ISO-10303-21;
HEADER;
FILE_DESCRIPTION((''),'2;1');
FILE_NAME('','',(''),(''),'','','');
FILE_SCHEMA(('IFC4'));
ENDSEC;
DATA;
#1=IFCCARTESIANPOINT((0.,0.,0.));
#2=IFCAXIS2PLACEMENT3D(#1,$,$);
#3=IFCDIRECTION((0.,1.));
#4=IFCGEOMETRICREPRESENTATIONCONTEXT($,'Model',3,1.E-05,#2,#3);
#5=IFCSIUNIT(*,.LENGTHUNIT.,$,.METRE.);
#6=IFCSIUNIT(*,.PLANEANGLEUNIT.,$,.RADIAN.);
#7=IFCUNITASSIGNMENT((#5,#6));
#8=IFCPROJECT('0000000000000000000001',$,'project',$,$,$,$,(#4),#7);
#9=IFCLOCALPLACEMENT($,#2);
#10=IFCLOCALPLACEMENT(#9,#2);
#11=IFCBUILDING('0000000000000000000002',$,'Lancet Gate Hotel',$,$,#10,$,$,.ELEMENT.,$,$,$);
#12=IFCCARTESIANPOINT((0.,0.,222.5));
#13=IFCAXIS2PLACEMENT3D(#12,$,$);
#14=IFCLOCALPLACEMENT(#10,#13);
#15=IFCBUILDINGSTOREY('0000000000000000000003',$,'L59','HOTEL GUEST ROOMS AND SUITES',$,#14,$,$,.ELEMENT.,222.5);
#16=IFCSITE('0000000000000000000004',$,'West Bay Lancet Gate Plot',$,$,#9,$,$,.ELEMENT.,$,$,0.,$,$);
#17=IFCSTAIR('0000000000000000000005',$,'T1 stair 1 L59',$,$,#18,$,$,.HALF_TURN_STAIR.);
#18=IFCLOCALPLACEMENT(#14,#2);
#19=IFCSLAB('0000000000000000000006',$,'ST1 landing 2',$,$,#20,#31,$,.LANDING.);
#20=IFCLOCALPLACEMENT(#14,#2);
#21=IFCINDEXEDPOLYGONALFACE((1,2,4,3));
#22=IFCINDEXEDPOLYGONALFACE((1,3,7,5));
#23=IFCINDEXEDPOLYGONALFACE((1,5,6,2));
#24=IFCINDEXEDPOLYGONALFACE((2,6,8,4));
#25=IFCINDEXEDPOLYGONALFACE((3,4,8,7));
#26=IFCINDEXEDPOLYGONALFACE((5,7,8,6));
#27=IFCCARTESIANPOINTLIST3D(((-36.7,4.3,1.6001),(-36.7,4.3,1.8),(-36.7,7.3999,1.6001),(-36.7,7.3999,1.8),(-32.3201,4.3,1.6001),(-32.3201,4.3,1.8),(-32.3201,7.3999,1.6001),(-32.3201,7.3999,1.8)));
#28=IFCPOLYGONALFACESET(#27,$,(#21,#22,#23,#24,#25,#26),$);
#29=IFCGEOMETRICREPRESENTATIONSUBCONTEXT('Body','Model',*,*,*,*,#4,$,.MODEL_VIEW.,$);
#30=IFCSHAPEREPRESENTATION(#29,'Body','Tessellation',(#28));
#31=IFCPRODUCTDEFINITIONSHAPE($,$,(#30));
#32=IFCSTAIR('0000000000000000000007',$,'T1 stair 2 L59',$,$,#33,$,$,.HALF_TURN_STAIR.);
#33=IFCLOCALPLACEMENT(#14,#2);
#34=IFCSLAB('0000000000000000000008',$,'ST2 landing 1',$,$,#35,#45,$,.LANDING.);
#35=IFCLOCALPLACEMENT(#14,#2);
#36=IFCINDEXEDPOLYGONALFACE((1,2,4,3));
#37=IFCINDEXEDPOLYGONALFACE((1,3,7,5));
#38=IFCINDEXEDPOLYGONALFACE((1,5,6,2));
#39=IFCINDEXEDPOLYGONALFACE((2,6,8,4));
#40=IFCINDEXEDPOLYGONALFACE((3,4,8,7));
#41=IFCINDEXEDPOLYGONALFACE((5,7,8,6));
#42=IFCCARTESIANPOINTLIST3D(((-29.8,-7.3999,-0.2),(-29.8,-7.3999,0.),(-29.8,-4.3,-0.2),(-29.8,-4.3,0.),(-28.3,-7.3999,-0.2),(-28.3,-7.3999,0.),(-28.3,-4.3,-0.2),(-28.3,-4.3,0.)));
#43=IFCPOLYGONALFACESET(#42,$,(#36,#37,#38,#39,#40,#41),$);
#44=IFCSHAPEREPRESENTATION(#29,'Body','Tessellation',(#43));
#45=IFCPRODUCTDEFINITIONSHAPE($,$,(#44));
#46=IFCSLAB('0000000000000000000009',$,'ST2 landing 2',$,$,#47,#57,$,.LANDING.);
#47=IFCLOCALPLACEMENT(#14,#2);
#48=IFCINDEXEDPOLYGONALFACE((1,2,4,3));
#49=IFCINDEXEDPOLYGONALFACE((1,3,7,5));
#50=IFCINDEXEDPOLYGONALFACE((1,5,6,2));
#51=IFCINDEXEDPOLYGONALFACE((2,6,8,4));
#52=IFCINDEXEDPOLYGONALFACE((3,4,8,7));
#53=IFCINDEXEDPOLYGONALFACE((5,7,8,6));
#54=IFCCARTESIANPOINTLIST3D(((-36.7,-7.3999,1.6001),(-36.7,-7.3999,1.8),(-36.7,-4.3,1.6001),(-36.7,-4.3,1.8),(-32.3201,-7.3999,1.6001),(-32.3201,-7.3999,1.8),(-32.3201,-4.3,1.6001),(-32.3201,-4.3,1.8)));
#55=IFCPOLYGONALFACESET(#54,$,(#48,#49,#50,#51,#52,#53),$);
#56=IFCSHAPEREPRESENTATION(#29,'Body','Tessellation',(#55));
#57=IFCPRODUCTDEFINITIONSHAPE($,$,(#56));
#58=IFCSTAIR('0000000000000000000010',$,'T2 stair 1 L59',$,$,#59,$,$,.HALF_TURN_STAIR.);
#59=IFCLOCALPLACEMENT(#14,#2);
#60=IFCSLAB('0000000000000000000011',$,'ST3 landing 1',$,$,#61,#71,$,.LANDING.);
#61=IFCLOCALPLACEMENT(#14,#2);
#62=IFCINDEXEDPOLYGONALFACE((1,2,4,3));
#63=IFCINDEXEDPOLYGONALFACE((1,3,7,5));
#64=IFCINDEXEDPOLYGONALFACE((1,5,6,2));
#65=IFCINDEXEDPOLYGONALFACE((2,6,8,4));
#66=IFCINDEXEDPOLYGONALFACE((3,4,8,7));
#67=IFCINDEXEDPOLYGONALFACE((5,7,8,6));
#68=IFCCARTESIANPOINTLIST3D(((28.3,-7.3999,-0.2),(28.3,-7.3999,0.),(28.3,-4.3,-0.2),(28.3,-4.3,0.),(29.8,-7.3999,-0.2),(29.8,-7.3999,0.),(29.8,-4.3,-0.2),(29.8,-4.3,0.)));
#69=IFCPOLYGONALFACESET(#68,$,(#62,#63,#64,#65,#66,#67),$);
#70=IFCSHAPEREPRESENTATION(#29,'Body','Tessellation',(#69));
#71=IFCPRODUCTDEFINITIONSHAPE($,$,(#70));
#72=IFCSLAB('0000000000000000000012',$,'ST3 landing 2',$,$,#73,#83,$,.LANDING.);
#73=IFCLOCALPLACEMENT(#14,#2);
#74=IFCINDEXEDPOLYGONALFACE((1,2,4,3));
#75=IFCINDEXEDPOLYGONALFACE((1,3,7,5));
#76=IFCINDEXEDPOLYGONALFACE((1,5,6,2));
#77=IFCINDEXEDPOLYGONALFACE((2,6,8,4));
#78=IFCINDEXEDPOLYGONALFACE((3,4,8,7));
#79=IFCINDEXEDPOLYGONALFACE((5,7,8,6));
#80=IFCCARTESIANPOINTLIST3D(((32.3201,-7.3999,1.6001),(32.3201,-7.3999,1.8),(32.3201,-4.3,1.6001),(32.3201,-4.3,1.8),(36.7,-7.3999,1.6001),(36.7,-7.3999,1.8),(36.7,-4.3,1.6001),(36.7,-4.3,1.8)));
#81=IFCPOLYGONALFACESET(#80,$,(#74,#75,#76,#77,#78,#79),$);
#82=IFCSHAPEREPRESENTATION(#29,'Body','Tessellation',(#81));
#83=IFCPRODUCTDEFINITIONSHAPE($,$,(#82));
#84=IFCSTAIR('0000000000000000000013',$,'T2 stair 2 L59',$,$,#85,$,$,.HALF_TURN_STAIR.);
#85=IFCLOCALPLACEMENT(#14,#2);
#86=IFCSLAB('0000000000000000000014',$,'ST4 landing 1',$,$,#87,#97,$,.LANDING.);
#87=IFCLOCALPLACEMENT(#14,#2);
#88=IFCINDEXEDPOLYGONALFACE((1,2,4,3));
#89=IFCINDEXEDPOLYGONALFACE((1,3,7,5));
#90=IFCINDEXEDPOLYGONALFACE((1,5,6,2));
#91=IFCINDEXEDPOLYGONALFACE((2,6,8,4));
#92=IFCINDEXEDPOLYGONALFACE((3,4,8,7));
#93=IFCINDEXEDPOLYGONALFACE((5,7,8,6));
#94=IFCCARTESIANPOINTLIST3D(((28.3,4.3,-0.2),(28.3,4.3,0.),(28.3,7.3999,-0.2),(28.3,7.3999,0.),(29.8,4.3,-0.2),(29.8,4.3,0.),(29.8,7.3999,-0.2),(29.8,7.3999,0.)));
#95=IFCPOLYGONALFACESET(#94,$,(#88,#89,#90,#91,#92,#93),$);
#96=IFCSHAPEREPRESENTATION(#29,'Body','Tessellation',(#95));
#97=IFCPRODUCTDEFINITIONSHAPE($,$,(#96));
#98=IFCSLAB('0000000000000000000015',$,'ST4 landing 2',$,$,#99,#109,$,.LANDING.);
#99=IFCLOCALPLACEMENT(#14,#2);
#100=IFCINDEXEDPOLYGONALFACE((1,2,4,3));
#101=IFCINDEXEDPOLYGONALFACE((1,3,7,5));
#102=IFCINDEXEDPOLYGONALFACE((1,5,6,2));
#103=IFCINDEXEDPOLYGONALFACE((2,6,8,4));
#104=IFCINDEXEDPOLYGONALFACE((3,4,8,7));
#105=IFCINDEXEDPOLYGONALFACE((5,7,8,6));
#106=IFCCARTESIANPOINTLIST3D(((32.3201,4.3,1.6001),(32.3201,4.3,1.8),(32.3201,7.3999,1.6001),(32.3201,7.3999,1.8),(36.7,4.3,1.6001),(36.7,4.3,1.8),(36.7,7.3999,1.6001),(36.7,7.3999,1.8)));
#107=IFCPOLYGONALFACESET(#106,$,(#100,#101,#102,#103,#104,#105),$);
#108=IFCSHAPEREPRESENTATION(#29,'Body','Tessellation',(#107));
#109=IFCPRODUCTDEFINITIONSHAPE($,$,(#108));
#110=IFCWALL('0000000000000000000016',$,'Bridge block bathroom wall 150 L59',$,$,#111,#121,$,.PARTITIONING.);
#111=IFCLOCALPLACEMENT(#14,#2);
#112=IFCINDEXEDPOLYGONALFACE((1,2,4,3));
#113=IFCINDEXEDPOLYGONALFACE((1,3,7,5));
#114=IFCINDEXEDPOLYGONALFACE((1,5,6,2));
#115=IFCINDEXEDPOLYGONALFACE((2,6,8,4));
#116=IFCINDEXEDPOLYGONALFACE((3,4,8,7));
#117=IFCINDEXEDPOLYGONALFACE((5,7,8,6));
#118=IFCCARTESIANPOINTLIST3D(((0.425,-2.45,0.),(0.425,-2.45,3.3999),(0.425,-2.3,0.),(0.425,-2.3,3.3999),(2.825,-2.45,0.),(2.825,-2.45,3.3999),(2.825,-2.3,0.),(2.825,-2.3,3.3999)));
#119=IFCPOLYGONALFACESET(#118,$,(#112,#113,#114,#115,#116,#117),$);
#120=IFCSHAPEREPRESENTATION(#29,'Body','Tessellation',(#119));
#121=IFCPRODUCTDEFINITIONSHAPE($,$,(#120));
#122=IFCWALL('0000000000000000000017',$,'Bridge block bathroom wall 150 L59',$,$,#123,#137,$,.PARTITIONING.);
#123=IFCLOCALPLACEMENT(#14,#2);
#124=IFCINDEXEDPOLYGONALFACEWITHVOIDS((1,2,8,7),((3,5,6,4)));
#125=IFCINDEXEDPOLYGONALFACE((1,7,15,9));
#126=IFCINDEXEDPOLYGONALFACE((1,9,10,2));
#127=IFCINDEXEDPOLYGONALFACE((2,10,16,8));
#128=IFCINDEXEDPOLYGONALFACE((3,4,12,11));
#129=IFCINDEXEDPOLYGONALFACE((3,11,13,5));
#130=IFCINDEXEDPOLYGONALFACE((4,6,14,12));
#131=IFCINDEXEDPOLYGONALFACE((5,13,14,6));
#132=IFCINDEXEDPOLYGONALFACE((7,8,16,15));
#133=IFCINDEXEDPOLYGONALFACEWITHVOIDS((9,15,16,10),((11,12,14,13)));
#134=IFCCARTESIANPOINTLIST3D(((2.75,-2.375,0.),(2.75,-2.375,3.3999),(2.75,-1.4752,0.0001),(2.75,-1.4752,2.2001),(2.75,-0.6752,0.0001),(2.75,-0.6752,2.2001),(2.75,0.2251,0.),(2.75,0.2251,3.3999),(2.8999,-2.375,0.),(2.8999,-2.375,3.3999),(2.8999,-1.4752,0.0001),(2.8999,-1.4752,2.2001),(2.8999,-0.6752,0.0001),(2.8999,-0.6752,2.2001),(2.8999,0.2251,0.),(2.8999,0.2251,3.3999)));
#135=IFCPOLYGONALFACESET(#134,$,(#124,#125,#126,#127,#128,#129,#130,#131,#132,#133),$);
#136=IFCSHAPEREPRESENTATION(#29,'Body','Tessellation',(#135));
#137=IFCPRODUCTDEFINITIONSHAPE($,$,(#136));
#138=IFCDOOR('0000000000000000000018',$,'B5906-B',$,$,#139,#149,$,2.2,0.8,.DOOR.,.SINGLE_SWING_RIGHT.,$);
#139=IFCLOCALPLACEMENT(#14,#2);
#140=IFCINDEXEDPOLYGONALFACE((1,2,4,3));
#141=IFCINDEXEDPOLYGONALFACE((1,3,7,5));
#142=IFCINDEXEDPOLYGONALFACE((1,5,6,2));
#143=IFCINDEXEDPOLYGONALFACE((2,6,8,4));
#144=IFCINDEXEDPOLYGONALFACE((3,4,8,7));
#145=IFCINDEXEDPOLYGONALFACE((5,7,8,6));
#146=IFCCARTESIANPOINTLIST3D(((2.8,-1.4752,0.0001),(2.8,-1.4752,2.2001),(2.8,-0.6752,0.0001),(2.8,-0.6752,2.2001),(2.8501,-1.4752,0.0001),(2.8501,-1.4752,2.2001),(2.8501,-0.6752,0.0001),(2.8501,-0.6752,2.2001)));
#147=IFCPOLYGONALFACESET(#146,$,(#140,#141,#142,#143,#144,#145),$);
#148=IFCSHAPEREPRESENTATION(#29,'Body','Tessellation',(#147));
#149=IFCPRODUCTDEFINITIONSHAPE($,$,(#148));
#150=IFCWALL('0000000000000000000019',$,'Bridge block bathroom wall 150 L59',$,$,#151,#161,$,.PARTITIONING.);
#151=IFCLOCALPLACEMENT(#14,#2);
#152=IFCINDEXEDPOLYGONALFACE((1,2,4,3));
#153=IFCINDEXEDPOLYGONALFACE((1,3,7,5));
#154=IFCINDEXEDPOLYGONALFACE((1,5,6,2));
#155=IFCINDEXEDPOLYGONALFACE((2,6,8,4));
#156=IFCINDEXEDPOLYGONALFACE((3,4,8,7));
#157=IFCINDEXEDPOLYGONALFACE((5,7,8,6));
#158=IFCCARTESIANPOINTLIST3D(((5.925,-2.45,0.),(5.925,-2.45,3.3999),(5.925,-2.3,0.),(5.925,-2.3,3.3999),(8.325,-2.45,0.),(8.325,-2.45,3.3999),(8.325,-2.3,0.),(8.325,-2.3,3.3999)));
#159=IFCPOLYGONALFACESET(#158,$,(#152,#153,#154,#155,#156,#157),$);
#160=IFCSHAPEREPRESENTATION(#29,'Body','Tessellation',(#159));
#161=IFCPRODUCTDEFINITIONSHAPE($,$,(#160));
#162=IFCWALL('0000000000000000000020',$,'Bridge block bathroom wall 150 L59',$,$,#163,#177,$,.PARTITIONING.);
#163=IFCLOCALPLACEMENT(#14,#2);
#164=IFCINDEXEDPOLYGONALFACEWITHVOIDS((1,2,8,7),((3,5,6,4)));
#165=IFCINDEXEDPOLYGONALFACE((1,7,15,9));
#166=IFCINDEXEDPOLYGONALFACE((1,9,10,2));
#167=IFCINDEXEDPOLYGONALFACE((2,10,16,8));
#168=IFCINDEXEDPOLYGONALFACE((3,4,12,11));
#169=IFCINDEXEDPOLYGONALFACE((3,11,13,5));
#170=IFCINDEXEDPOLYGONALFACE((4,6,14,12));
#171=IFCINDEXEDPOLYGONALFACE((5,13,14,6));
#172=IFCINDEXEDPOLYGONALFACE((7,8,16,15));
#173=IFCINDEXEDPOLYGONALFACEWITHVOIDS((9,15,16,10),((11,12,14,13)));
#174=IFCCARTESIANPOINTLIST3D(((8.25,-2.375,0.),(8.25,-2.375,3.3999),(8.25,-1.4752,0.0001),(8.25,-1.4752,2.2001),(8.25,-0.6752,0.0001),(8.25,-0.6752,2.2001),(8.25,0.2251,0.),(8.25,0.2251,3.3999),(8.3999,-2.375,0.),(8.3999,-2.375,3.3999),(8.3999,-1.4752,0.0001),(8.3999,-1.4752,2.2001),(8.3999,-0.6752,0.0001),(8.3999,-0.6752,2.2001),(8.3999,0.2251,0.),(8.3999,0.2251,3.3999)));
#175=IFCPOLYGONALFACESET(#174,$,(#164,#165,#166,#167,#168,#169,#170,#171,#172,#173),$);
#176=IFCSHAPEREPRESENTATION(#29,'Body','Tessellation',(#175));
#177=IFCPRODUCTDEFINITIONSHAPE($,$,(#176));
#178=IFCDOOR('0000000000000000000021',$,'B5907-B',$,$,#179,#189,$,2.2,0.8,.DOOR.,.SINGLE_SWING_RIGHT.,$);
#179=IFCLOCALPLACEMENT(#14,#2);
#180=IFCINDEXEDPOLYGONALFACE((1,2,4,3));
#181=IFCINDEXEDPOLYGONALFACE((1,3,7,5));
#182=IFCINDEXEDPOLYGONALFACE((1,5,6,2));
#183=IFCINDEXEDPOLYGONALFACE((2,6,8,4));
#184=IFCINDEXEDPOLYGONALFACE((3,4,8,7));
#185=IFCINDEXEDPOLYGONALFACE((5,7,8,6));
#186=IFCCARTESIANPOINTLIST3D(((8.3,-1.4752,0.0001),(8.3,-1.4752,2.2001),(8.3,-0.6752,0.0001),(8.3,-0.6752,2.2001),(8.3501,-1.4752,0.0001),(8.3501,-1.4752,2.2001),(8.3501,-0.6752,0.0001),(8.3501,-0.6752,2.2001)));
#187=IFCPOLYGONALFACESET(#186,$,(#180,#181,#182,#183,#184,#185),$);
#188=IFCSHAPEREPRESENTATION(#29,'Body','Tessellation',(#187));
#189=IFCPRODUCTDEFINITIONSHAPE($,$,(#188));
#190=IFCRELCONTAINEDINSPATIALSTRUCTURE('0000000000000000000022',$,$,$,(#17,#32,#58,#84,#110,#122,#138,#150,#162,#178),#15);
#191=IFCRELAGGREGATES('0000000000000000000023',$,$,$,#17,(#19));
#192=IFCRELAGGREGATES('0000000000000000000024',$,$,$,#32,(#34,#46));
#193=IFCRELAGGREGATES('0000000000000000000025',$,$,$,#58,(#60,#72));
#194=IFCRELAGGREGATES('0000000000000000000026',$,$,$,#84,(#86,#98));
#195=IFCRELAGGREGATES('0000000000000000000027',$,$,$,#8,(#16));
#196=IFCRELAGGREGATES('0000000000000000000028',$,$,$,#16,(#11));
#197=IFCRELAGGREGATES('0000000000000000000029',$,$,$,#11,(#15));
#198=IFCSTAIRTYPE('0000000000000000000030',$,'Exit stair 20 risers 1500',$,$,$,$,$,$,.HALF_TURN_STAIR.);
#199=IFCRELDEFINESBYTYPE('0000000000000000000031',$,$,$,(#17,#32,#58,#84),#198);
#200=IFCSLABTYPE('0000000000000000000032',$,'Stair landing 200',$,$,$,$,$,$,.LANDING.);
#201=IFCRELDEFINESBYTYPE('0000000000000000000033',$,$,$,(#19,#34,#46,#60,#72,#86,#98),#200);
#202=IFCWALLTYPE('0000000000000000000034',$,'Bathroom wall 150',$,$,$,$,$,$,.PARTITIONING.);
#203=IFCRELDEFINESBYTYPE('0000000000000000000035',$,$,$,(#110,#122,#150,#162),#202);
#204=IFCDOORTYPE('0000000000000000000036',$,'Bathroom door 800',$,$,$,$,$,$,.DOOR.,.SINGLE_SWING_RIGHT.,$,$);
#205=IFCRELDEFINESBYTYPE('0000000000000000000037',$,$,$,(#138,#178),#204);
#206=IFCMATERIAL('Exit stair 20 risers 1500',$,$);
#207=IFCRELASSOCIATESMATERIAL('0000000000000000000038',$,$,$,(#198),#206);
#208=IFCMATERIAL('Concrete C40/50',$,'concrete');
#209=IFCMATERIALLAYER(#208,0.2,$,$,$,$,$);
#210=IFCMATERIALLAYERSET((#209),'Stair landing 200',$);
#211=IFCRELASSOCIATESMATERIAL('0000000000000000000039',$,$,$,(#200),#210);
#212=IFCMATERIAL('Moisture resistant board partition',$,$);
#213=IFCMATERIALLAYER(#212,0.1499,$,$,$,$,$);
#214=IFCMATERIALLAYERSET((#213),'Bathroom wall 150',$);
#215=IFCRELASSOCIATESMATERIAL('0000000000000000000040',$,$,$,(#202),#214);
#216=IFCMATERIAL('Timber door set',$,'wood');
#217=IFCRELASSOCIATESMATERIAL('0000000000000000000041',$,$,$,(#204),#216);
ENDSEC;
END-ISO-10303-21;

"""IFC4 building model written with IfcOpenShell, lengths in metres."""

from ifc_helpers import new_model, si_unit, direction, frame, frame_2d, origin, place, context, subcontext, project, spatial, polyline, rectangle, outline, extrude, material, layer, layer_set, type_object, element, fill, aggregate, save


model = new_model("IFC4")

# Units and contexts
model_context = context("Model", 3, precision=1e-05, world=origin(), true_north=direction((0.0, 1.0)))
body_context = subcontext(model_context, "Body", "Model", "MODEL_VIEW")
ifc_project = project(units=[si_unit("LENGTHUNIT", "METRE"), si_unit("PLANEANGLEUNIT", "RADIAN")], contexts=[model_context])

# Site, building, storey
site_placement = place(None, origin())
site = spatial("IfcSite", under=ifc_project, at=site_placement, Name="West Bay Lancet Gate Plot", CompositionType="ELEMENT", RefElevation=0.0)
building_placement = place(site_placement, origin())
building = spatial("IfcBuilding", under=site, at=building_placement, Name="Lancet Gate Hotel", CompositionType="ELEMENT")
storey_placement = place(building_placement, frame((0.0, 0.0, 222.5)))
storey = spatial("IfcBuildingStorey", under=building, at=storey_placement, Name="L59", Description="HOTEL GUEST ROOMS AND SUITES", CompositionType="ELEMENT", Elevation=222.5)

# Stairs, slabs
ifc_material_1 = material(Name="Exit stair 20 risers 1500")
stair_type = type_object("IfcStairType", Name="Exit stair 20 risers 1500", PredefinedType="HALF_TURN_STAIR", material=ifc_material_1)
stair_1_placement = place(storey_placement, origin())
stair_1 = element("IfcStair", 1, at=stair_1_placement, inside=storey, type_object=stair_type, Name="T1 stair 1 L59", PredefinedType="HALF_TURN_STAIR")
ifc_material_2 = material(Name="Concrete C40/50", Category="concrete")
ifc_layer_1 = layer(ifc_material_2, 0.2)
ifc_layer_set_1 = layer_set([ifc_layer_1], Name="Stair landing 200")
slab_type = type_object("IfcSlabType", Name="Stair landing 200", PredefinedType="LANDING", material=ifc_layer_set_1)
slab_1_placement = place(storey_placement, frame((0.0, 0.0, 1.6001)))
slab_1 = element("IfcSlab", 2, at=slab_1_placement, type_object=slab_type, Name="ST1 landing 2", PredefinedType="LANDING", context=body_context, shape_type="SweptSolid", body=[
    extrude(outline(polyline([(-32.3201, 7.3999), (-36.7, 7.3999), (-36.7, 4.3), (-32.3201, 4.3), (-32.3201, 7.3999)])), origin(), (0.0, 0.0, 1.0), 0.2),
])
aggregate(stair_1, [slab_1])
stair_2_placement = place(storey_placement, origin())
stair_2 = element("IfcStair", 3, at=stair_2_placement, inside=storey, type_object=stair_type, Name="T1 stair 2 L59", PredefinedType="HALF_TURN_STAIR")
slab_2_placement = place(storey_placement, frame((0.0, 0.0, -0.2)))
slab_2 = element("IfcSlab", 4, at=slab_2_placement, type_object=slab_type, Name="ST2 landing 1", PredefinedType="LANDING", context=body_context, shape_type="SweptSolid", body=[
    extrude(outline(polyline([(-28.3, -4.3), (-29.8, -4.3), (-29.8, -7.3999), (-28.3, -7.3999), (-28.3, -4.3)])), origin(), (0.0, 0.0, 1.0), 0.2),
])
slab_3_placement = place(storey_placement, frame((0.0, 0.0, 1.6001)))
slab_3 = element("IfcSlab", 5, at=slab_3_placement, type_object=slab_type, Name="ST2 landing 2", PredefinedType="LANDING", context=body_context, shape_type="SweptSolid", body=[
    extrude(outline(polyline([(-32.3201, -4.3), (-36.7, -4.3), (-36.7, -7.3999), (-32.3201, -7.3999), (-32.3201, -4.3)])), origin(), (0.0, 0.0, 1.0), 0.2),
])
aggregate(stair_2, [slab_2, slab_3])
stair_3_placement = place(storey_placement, origin())
stair_3 = element("IfcStair", 6, at=stair_3_placement, inside=storey, type_object=stair_type, Name="T2 stair 1 L59", PredefinedType="HALF_TURN_STAIR")
slab_4_placement = place(storey_placement, frame((0.0, 0.0, -0.2)))
slab_4 = element("IfcSlab", 7, at=slab_4_placement, type_object=slab_type, Name="ST3 landing 1", PredefinedType="LANDING", context=body_context, shape_type="SweptSolid", body=[
    extrude(outline(polyline([(28.3, -7.3999), (29.8, -7.3999), (29.8, -4.3), (28.3, -4.3), (28.3, -7.3999)])), origin(), (0.0, 0.0, 1.0), 0.2),
])
slab_5_placement = place(storey_placement, frame((0.0, 0.0, 1.6001)))
slab_5 = element("IfcSlab", 8, at=slab_5_placement, type_object=slab_type, Name="ST3 landing 2", PredefinedType="LANDING", context=body_context, shape_type="SweptSolid", body=[
    extrude(outline(polyline([(32.3201, -7.3999), (36.7, -7.3999), (36.7, -4.3), (32.3201, -4.3), (32.3201, -7.3999)])), origin(), (0.0, 0.0, 1.0), 0.2),
])
aggregate(stair_3, [slab_4, slab_5])
stair_4_placement = place(storey_placement, origin())
stair_4 = element("IfcStair", 9, at=stair_4_placement, inside=storey, type_object=stair_type, Name="T2 stair 2 L59", PredefinedType="HALF_TURN_STAIR")
slab_6_placement = place(storey_placement, frame((0.0, 0.0, -0.2)))
slab_6 = element("IfcSlab", 10, at=slab_6_placement, type_object=slab_type, Name="ST4 landing 1", PredefinedType="LANDING", context=body_context, shape_type="SweptSolid", body=[
    extrude(outline(polyline([(28.3, 4.3), (29.8, 4.3), (29.8, 7.3999), (28.3, 7.3999), (28.3, 4.3)])), origin(), (0.0, 0.0, 1.0), 0.2),
])
slab_7_placement = place(storey_placement, frame((0.0, 0.0, 1.6001)))
slab_7 = element("IfcSlab", 11, at=slab_7_placement, type_object=slab_type, Name="ST4 landing 2", PredefinedType="LANDING", context=body_context, shape_type="SweptSolid", body=[
    extrude(outline(polyline([(32.3201, 4.3), (36.7, 4.3), (36.7, 7.3999), (32.3201, 7.3999), (32.3201, 4.3)])), origin(), (0.0, 0.0, 1.0), 0.2),
])
aggregate(stair_4, [slab_6, slab_7])

# Wall
ifc_material_3 = material(Name="Moisture resistant board partition")
ifc_layer_2 = layer(ifc_material_3, 0.1499)
ifc_layer_set_2 = layer_set([ifc_layer_2], Name="Bathroom wall 150")
wall_type = type_object("IfcWallType", Name="Bathroom wall 150", PredefinedType="PARTITIONING", material=ifc_layer_set_2)
wall_1_placement = place(storey_placement, frame((0.425, -2.375, 0.0), z_axis=(0.0, 0.0, 1.0), x_axis=(1.0, 0.0, 0.0)))
element("IfcWall", 12, at=wall_1_placement, inside=storey, type_object=wall_type, Name="Bridge block bathroom wall 150 L59", PredefinedType="PARTITIONING", context=body_context, shape_type="SweptSolid", body=[
    extrude(rectangle(XDim=2.3999, YDim=0.1499, at=frame_2d((1.2, 0.0))), origin(), (0.0, 0.0, 1.0), 3.3999),
])

# Wall, opening, door
wall_2_placement = place(storey_placement, frame((2.825, -2.375, 0.0), z_axis=(0.0, 0.0, 1.0), x_axis=(0.0, 1.0, 0.0)))
wall_2 = element("IfcWall", 13, at=wall_2_placement, inside=storey, type_object=wall_type, Name="Bridge block bathroom wall 150 L59", PredefinedType="PARTITIONING", context=body_context, shape_type="SweptSolid", body=[
    extrude(rectangle(XDim=2.6001, YDim=0.1499, at=frame_2d((1.3, 0.0))), origin(), (0.0, 0.0, 1.0), 3.3999),
])
opening_1_placement = place(wall_2_placement, frame((0.8999, 0.0, 0.0)))
opening_1 = element("IfcOpeningElement", 14, at=opening_1_placement, cuts=wall_2, PredefinedType="OPENING", context=body_context, shape_type="SweptSolid", body=[
    extrude(rectangle(XDim=0.8, YDim=2.2, at=frame_2d((0.3999, 1.1001))), frame((0.0, 0.085, 0.0), z_axis=(0.0, -1.0, 0.0), x_axis=(1.0, 0.0, 0.0)), (0.0, 0.0, 1.0), 0.1699),
])
ifc_material_4 = material(Name="Timber door set", Category="wood")
door_type = type_object("IfcDoorType", Name="Bathroom door 800", OperationType="SINGLE_SWING_RIGHT", PredefinedType="DOOR", material=ifc_material_4)
door_1_placement = place(opening_1_placement, origin())
door_1 = element("IfcDoor", 15, at=door_1_placement, inside=storey, type_object=door_type, Name="B5906-B", OperationType="SINGLE_SWING_RIGHT", OverallHeight=2.2, OverallWidth=0.8, PredefinedType="DOOR", context=body_context, shape_type="SweptSolid", body=[
    extrude(rectangle(XDim=0.8, YDim=2.2, at=frame_2d((0.3999, 1.1001))), frame((0.0, 0.0249, 0.0), z_axis=(0.0, -1.0, 0.0), x_axis=(1.0, 0.0, 0.0)), (0.0, 0.0, 1.0), 0.05),
])
fill(opening_1, door_1)

# Wall
wall_3_placement = place(storey_placement, frame((5.925, -2.375, 0.0), z_axis=(0.0, 0.0, 1.0), x_axis=(1.0, 0.0, 0.0)))
element("IfcWall", 16, at=wall_3_placement, inside=storey, type_object=wall_type, Name="Bridge block bathroom wall 150 L59", PredefinedType="PARTITIONING", context=body_context, shape_type="SweptSolid", body=[
    extrude(rectangle(XDim=2.3999, YDim=0.1499, at=frame_2d((1.2, 0.0))), origin(), (0.0, 0.0, 1.0), 3.3999),
])

# Wall, opening, door
wall_4_placement = place(storey_placement, frame((8.325, -2.375, 0.0), z_axis=(0.0, 0.0, 1.0), x_axis=(0.0, 1.0, 0.0)))
wall_4 = element("IfcWall", 17, at=wall_4_placement, inside=storey, type_object=wall_type, Name="Bridge block bathroom wall 150 L59", PredefinedType="PARTITIONING", context=body_context, shape_type="SweptSolid", body=[
    extrude(rectangle(XDim=2.6001, YDim=0.1499, at=frame_2d((1.3, 0.0))), origin(), (0.0, 0.0, 1.0), 3.3999),
])
opening_2_placement = place(wall_4_placement, frame((0.8999, 0.0, 0.0)))
opening_2 = element("IfcOpeningElement", 18, at=opening_2_placement, cuts=wall_4, PredefinedType="OPENING", context=body_context, shape_type="SweptSolid", body=[
    extrude(rectangle(XDim=0.8, YDim=2.2, at=frame_2d((0.3999, 1.1001))), frame((0.0, 0.085, 0.0), z_axis=(0.0, -1.0, 0.0), x_axis=(1.0, 0.0, 0.0)), (0.0, 0.0, 1.0), 0.1699),
])
door_2_placement = place(opening_2_placement, origin())
door_2 = element("IfcDoor", 19, at=door_2_placement, inside=storey, type_object=door_type, Name="B5907-B", OperationType="SINGLE_SWING_RIGHT", OverallHeight=2.2, OverallWidth=0.8, PredefinedType="DOOR", context=body_context, shape_type="SweptSolid", body=[
    extrude(rectangle(XDim=0.8, YDim=2.2, at=frame_2d((0.3999, 1.1001))), frame((0.0, 0.0249, 0.0), z_axis=(0.0, -1.0, 0.0), x_axis=(1.0, 0.0, 0.0)), (0.0, 0.0, 1.0), 0.05),
])
fill(opening_2, door_2)

save(model, "model.ifc")
